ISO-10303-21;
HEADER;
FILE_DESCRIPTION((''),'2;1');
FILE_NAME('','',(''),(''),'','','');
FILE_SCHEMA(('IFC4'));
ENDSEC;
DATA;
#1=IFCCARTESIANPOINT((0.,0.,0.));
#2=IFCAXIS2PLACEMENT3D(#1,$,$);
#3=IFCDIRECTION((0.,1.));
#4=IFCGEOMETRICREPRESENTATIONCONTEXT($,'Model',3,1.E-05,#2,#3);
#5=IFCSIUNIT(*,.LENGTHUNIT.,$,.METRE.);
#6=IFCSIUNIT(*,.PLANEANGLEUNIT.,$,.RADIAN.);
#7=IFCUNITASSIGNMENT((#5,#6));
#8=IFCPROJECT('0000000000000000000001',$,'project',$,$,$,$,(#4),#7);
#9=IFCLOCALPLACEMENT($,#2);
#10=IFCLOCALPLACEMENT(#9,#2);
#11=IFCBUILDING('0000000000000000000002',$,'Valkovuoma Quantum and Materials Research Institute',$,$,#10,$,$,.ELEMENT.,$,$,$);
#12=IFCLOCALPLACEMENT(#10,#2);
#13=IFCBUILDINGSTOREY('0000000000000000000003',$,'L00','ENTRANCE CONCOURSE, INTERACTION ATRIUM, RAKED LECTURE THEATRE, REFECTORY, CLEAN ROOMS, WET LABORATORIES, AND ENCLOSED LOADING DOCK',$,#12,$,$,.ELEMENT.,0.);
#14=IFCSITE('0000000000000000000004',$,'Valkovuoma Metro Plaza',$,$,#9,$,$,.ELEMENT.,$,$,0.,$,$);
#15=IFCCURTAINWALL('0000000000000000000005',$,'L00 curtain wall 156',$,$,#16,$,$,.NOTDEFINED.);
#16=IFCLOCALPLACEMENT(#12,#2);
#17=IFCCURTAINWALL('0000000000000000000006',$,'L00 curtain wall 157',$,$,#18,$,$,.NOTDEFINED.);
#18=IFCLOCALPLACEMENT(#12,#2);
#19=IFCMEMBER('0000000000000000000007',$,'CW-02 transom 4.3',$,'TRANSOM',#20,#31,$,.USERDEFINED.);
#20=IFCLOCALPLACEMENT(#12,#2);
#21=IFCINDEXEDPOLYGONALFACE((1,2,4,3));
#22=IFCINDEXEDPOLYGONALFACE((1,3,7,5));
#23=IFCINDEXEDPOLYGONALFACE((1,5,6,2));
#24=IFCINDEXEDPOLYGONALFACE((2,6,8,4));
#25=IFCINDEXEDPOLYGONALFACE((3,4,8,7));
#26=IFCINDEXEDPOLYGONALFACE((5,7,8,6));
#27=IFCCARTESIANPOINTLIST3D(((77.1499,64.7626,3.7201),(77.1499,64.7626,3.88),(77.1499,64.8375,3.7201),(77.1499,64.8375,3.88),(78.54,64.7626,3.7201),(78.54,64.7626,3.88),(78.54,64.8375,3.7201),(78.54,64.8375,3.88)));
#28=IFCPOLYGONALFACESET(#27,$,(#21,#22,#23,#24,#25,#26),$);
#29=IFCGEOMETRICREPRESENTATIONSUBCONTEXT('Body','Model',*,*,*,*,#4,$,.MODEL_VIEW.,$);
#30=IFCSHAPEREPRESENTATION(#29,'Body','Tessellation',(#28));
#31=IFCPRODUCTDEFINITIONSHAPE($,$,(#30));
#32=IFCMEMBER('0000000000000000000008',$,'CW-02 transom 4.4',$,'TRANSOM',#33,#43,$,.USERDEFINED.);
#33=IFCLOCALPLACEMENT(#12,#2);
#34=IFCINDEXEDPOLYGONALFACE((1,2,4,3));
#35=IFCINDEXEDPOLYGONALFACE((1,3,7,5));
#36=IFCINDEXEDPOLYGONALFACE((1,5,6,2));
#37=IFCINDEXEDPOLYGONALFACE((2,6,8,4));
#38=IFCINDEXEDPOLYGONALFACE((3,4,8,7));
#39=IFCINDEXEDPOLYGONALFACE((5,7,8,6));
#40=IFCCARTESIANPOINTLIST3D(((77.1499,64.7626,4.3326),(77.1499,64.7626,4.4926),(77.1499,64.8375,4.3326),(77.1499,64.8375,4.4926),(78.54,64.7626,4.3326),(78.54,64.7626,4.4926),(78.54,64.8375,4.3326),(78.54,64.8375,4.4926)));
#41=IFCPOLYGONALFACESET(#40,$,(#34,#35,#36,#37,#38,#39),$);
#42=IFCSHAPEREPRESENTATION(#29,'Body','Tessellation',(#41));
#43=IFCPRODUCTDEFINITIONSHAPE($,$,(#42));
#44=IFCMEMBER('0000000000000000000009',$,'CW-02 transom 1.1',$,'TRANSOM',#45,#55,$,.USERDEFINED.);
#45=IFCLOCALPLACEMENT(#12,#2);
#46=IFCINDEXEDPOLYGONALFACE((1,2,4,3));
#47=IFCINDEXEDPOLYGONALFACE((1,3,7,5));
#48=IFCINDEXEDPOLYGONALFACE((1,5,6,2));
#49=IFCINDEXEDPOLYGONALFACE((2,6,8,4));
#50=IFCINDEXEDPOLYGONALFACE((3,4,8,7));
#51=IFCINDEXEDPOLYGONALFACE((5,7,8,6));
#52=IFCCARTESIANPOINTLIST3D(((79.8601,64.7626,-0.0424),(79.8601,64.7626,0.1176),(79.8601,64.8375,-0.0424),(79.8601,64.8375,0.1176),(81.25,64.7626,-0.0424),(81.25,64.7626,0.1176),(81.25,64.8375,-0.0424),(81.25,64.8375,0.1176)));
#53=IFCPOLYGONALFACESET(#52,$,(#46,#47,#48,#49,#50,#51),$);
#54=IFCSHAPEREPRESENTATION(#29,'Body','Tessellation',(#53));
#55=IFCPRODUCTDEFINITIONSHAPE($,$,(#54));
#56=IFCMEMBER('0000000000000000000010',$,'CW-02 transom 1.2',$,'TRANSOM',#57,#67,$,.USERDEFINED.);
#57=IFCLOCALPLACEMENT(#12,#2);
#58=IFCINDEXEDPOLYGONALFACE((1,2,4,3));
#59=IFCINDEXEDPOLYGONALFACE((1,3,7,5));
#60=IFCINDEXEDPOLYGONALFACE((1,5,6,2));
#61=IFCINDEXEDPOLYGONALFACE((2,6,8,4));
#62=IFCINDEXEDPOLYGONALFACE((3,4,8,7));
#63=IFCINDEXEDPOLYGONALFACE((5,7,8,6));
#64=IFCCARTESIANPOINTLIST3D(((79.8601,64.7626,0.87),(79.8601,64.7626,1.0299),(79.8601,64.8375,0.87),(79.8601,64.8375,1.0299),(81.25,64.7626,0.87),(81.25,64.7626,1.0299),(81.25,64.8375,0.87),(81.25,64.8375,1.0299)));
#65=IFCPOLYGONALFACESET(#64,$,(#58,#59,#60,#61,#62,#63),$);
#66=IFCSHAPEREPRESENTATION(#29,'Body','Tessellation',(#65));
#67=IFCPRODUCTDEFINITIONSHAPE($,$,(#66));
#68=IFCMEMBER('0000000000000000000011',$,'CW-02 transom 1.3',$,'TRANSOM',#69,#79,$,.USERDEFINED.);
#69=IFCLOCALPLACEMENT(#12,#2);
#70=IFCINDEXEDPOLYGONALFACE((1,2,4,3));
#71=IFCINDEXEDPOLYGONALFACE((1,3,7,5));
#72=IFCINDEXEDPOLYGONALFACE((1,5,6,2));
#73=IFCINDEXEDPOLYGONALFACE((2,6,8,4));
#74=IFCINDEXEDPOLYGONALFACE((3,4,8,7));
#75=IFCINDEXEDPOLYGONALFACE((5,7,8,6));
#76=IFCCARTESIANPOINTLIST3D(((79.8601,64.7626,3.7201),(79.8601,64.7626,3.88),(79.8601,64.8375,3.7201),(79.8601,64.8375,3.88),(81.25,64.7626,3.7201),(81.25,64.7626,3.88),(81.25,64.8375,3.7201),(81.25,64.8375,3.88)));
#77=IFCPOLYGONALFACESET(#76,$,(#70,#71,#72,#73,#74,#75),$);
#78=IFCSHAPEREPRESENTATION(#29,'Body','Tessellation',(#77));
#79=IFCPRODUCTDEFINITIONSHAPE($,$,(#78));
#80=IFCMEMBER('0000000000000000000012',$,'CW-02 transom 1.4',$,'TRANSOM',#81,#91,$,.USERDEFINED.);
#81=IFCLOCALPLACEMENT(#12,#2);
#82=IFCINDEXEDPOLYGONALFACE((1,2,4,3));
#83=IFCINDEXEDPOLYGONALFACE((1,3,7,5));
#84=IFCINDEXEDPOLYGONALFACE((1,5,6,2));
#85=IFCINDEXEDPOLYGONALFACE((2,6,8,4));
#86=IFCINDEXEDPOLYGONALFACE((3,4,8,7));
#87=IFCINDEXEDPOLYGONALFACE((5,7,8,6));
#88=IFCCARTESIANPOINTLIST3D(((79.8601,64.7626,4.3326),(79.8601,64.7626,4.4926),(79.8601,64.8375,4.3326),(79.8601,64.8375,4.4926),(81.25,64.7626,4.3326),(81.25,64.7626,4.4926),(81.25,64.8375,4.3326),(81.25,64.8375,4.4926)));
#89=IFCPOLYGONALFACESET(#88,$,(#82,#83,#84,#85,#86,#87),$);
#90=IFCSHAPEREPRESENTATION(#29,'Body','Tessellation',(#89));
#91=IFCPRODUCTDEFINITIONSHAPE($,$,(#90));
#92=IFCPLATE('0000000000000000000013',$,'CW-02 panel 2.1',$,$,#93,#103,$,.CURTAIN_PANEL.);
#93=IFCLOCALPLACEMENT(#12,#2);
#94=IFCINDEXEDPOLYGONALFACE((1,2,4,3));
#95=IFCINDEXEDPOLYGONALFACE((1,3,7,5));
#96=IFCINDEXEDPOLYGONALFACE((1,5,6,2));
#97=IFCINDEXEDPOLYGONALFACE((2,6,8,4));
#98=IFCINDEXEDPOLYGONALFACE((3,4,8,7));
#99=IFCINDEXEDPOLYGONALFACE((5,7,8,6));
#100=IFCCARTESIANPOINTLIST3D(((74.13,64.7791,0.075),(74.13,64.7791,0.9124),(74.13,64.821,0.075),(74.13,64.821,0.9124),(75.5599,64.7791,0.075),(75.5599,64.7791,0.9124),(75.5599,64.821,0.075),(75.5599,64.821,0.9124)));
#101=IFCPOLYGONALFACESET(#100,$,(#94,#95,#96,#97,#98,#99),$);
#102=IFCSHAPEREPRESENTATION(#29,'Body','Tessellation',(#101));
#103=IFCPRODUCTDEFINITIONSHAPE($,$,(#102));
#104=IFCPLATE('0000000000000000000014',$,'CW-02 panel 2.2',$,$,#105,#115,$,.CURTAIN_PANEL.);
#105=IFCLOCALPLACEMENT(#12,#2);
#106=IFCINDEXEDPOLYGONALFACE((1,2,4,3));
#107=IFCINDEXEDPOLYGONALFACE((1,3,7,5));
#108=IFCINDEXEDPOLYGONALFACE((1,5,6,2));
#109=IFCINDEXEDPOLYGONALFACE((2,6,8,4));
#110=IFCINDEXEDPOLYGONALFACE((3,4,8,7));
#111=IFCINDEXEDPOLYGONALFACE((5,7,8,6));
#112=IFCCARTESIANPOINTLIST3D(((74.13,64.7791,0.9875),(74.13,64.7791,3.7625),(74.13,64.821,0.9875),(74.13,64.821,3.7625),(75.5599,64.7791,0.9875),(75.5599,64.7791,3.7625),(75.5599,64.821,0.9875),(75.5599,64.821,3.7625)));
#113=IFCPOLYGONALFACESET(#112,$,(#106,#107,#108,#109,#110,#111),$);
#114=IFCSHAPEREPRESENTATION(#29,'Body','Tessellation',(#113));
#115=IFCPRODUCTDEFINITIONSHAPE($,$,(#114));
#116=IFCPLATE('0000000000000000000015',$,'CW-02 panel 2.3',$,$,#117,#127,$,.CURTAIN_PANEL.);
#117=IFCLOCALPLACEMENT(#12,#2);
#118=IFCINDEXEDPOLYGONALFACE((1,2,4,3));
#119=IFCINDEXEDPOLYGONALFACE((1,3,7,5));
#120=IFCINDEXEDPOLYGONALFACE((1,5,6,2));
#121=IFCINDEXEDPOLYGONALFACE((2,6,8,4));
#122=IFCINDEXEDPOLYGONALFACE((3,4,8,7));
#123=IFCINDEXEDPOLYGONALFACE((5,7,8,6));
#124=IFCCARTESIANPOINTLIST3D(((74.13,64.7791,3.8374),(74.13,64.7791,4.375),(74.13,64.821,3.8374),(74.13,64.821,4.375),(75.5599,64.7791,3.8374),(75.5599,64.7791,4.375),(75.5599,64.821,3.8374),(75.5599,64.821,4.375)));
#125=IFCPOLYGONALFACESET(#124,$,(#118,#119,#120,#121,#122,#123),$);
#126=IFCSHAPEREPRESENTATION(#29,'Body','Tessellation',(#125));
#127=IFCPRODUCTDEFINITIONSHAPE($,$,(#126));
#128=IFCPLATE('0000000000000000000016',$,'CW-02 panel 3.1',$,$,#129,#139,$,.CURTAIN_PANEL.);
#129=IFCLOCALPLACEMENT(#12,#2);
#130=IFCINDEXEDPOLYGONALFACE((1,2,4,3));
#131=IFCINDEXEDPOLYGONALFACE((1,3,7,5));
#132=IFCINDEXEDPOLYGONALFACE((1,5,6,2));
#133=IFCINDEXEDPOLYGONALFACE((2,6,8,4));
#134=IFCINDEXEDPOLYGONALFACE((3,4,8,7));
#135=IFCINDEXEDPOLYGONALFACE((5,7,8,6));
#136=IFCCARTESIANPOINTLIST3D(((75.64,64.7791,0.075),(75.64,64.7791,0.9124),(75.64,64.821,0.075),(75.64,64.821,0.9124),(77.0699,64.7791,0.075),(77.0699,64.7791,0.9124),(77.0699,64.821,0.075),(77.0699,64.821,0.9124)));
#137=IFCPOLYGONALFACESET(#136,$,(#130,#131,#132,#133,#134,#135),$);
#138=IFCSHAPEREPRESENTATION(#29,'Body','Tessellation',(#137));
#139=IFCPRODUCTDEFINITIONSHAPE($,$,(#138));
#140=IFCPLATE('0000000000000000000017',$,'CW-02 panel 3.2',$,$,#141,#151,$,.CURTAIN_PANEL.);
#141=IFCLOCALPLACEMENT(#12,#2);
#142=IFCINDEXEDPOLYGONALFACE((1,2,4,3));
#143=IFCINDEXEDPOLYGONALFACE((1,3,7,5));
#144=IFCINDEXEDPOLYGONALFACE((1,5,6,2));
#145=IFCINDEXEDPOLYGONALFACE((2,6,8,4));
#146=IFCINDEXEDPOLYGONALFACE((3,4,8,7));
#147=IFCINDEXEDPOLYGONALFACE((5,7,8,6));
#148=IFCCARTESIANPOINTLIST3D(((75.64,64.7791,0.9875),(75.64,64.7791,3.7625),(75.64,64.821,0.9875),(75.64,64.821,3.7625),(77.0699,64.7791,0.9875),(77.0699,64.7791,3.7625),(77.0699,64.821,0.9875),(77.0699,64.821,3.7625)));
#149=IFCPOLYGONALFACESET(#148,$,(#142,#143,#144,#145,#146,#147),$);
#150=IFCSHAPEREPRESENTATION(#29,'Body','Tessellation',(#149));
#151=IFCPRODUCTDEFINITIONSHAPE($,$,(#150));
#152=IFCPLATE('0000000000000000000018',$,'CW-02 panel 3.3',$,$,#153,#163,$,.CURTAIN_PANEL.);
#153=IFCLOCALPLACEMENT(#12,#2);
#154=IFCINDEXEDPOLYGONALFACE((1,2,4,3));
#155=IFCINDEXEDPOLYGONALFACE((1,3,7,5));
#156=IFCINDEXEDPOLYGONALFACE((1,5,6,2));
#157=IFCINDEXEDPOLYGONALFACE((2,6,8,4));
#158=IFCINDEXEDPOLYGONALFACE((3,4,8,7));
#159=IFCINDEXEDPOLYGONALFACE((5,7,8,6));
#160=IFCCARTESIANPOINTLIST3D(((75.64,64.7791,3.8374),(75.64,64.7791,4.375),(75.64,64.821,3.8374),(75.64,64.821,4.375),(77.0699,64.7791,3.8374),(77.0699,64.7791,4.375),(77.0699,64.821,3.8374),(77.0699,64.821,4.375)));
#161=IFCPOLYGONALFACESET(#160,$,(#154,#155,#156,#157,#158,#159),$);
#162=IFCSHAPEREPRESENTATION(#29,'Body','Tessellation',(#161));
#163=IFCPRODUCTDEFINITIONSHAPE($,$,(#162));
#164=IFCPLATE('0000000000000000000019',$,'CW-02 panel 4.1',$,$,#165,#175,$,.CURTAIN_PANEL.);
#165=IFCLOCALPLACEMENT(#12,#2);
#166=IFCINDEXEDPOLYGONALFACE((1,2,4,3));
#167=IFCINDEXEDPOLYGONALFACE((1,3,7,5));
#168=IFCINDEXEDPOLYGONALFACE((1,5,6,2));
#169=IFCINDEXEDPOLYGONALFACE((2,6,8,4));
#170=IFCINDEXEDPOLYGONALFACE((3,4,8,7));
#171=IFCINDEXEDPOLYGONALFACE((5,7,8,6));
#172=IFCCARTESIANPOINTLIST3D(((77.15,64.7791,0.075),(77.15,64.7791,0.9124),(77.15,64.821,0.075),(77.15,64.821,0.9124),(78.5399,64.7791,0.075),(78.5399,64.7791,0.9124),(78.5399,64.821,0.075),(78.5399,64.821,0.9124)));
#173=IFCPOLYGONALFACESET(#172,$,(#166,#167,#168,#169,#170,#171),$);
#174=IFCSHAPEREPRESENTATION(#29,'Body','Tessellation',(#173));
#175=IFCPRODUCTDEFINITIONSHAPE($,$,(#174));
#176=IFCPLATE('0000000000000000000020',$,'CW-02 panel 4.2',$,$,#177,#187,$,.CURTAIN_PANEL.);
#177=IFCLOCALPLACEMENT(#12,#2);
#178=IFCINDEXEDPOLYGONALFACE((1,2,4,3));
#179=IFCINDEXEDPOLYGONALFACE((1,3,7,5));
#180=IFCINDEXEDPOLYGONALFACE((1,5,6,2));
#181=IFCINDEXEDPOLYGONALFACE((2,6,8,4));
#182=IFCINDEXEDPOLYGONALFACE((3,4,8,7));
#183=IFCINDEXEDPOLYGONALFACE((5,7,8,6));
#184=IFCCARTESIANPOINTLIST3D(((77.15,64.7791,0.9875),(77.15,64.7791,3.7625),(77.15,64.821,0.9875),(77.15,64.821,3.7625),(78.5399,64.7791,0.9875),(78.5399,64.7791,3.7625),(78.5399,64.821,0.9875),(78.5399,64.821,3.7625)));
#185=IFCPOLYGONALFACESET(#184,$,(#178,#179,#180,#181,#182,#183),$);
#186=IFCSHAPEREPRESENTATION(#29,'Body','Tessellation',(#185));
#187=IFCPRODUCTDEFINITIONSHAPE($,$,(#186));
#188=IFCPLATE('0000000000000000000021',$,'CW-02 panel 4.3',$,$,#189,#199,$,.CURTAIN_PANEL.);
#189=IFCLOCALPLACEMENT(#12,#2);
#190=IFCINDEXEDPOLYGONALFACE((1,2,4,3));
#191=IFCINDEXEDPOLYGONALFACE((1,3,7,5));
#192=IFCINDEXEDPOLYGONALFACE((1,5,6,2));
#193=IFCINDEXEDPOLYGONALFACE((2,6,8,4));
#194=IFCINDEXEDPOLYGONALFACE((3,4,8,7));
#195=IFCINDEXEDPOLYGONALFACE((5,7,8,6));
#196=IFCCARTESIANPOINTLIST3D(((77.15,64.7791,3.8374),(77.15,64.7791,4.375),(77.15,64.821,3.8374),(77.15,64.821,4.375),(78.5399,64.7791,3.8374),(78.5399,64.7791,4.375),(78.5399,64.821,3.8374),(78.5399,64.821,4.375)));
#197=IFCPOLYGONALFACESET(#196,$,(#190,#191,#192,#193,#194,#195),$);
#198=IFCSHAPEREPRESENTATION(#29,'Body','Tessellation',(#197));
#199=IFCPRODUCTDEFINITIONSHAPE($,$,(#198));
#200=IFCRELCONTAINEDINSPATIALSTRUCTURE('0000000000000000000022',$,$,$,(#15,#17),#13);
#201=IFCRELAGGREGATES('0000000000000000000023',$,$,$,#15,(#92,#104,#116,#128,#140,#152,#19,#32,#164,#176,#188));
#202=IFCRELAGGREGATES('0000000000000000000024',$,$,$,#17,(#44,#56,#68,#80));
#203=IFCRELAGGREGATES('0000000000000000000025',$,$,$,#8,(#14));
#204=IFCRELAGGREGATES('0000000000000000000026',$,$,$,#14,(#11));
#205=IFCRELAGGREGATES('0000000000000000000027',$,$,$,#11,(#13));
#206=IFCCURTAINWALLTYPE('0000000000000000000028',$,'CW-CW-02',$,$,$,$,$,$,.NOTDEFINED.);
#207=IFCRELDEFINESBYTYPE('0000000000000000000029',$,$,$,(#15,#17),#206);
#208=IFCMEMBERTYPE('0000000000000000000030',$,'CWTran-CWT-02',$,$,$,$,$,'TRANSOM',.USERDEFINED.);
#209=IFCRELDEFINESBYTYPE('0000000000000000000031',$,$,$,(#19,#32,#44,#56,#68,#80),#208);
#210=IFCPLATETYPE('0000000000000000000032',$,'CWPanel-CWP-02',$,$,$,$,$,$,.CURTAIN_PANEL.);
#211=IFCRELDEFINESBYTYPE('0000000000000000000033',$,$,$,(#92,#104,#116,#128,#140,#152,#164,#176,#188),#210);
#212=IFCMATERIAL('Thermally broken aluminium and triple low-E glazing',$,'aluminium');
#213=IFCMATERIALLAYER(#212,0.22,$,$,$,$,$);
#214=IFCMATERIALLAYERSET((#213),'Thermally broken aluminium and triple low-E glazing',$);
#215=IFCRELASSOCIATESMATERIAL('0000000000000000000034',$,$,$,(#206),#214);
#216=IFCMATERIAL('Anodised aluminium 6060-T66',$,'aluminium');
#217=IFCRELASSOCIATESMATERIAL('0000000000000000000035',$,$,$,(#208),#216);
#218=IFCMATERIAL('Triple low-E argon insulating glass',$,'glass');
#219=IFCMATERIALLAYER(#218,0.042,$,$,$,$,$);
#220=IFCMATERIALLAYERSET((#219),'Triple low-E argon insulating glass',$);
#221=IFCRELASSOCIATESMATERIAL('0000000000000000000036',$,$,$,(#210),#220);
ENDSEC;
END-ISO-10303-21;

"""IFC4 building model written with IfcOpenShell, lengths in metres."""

from ifc_helpers import new_model, si_unit, direction, frame, origin, origin_2d, place, context, subcontext, project, spatial, rectangle, extrude, material, layer, layer_set, material_profile, profile_set, type_object, element, aggregate, save


model = new_model("IFC4")

# Units and contexts
model_context = context("Model", 3, precision=1e-05, world=origin(), true_north=direction((0.0, 1.0)))
body_context = subcontext(model_context, "Body", "Model", "MODEL_VIEW")
ifc_project = project(units=[si_unit("LENGTHUNIT", "METRE"), si_unit("PLANEANGLEUNIT", "RADIAN")], contexts=[model_context])

# Site, building, storey
site_placement = place(None, origin())
site = spatial("IfcSite", under=ifc_project, at=site_placement, Name="Valkovuoma Metro Plaza", CompositionType="ELEMENT", RefElevation=0.0)
building_placement = place(site_placement, origin())
building = spatial("IfcBuilding", under=site, at=building_placement, Name="Valkovuoma Quantum and Materials Research Institute", CompositionType="ELEMENT")
storey_placement = place(building_placement, origin())
storey = spatial("IfcBuildingStorey", under=building, at=storey_placement, Name="L00", Description="ENTRANCE CONCOURSE, INTERACTION ATRIUM, RAKED LECTURE THEATRE, REFECTORY, CLEAN ROOMS, WET LABORATORIES, AND ENCLOSED LOADING DOCK", CompositionType="ELEMENT", Elevation=0.0)

# Curtain wall
ifc_material_1 = material(Name="Thermally broken aluminium and triple low-E glazing", Category="aluminium")
ifc_layer_1 = layer(ifc_material_1, 0.22)
ifc_layer_set_1 = layer_set([ifc_layer_1], Name="Thermally broken aluminium and triple low-E glazing")
curtain_wall_type = type_object("IfcCurtainWallType", Name="CW-CW-02", PredefinedType="NOTDEFINED", material=ifc_layer_set_1)
curtain_wall_1_placement = place(storey_placement, origin())
curtain_wall_1 = element("IfcCurtainWall", 1, at=curtain_wall_1_placement, inside=storey, type_object=curtain_wall_type, Name="L00 curtain wall 156", PredefinedType="NOTDEFINED")

# Curtain wall
curtain_wall_2_placement = place(storey_placement, origin())
curtain_wall_2 = element("IfcCurtainWall", 2, at=curtain_wall_2_placement, inside=storey, type_object=curtain_wall_type, Name="L00 curtain wall 157", PredefinedType="NOTDEFINED")

# Members
ifc_material_2 = material(Name="Anodised aluminium 6060-T66", Category="aluminium")
ifc_material_profile_1 = material_profile(ifc_material_2, rectangle(XDim=0.075, YDim=0.1599, at=origin_2d()), Name="Anodised aluminium 6060-T66")
ifc_profile_set_1 = profile_set([ifc_material_profile_1], Name="Anodised aluminium 6060-T66")
member_type_1 = type_object("IfcMemberType", Name="CWTran-CWT-02", ElementType="TRANSOM", PredefinedType="USERDEFINED", material=ifc_profile_set_1)
member_1_placement = place(storey_placement, frame((77.1499, 64.8, 3.8), z_axis=(1.0, 0.0, 0.0), x_axis=(0.0, 1.0, 0.0)))
member_1 = element("IfcMember", 3, at=member_1_placement, type_object=member_type_1, Name="CW-02 transom 4.3", ObjectType="TRANSOM", PredefinedType="USERDEFINED", context=body_context, shape_type="SweptSolid", body=[
    extrude(rectangle(XDim=0.075, YDim=0.1599, at=origin_2d()), origin(), (0.0, 0.0, 1.0), 1.3901),
])
member_2_placement = place(storey_placement, frame((77.1499, 64.8, 4.4126), z_axis=(1.0, 0.0, 0.0), x_axis=(0.0, 1.0, 0.0)))
member_2 = element("IfcMember", 4, at=member_2_placement, type_object=member_type_1, Name="CW-02 transom 4.4", ObjectType="TRANSOM", PredefinedType="USERDEFINED", context=body_context, shape_type="SweptSolid", body=[
    extrude(rectangle(XDim=0.075, YDim=0.1599, at=origin_2d()), origin(), (0.0, 0.0, 1.0), 1.3901),
])
member_3_placement = place(storey_placement, frame((79.8601, 64.8, 0.0376), z_axis=(1.0, 0.0, 0.0), x_axis=(0.0, 1.0, 0.0)))
member_3 = element("IfcMember", 5, at=member_3_placement, type_object=member_type_1, Name="CW-02 transom 1.1", ObjectType="TRANSOM", PredefinedType="USERDEFINED", context=body_context, shape_type="SweptSolid", body=[
    extrude(rectangle(XDim=0.075, YDim=0.1599, at=origin_2d()), origin(), (0.0, 0.0, 1.0), 1.3899),
])
member_4_placement = place(storey_placement, frame((79.8601, 64.8, 0.95), z_axis=(1.0, 0.0, 0.0), x_axis=(0.0, 1.0, 0.0)))
member_4 = element("IfcMember", 6, at=member_4_placement, type_object=member_type_1, Name="CW-02 transom 1.2", ObjectType="TRANSOM", PredefinedType="USERDEFINED", context=body_context, shape_type="SweptSolid", body=[
    extrude(rectangle(XDim=0.075, YDim=0.1599, at=origin_2d()), origin(), (0.0, 0.0, 1.0), 1.3899),
])
member_5_placement = place(storey_placement, frame((79.8601, 64.8, 3.8), z_axis=(1.0, 0.0, 0.0), x_axis=(0.0, 1.0, 0.0)))
member_5 = element("IfcMember", 7, at=member_5_placement, type_object=member_type_1, Name="CW-02 transom 1.3", ObjectType="TRANSOM", PredefinedType="USERDEFINED", context=body_context, shape_type="SweptSolid", body=[
    extrude(rectangle(XDim=0.075, YDim=0.1599, at=origin_2d()), origin(), (0.0, 0.0, 1.0), 1.3899),
])
member_6_placement = place(storey_placement, frame((79.8601, 64.8, 4.4126), z_axis=(1.0, 0.0, 0.0), x_axis=(0.0, 1.0, 0.0)))
member_6 = element("IfcMember", 8, at=member_6_placement, type_object=member_type_1, Name="CW-02 transom 1.4", ObjectType="TRANSOM", PredefinedType="USERDEFINED", context=body_context, shape_type="SweptSolid", body=[
    extrude(rectangle(XDim=0.075, YDim=0.1599, at=origin_2d()), origin(), (0.0, 0.0, 1.0), 1.3899),
])

# Plates
ifc_material_3 = material(Name="Triple low-E argon insulating glass", Category="glass")
ifc_layer_2 = layer(ifc_material_3, 0.042)
ifc_layer_set_2 = layer_set([ifc_layer_2], Name="Triple low-E argon insulating glass")
plate_type = type_object("IfcPlateType", Name="CWPanel-CWP-02", PredefinedType="CURTAIN_PANEL", material=ifc_layer_set_2)
plate_1_placement = place(storey_placement, frame((74.845, 64.8, 0.075), z_axis=(0.0, 0.0, 1.0), x_axis=(1.0, 0.0, 0.0)))
plate_1 = element("IfcPlate", 9, at=plate_1_placement, type_object=plate_type, Name="CW-02 panel 2.1", PredefinedType="CURTAIN_PANEL", context=body_context, shape_type="SweptSolid", body=[
    extrude(rectangle(XDim=1.4299, YDim=0.042, at=origin_2d()), origin(), (0.0, 0.0, 1.0), 0.8374),
])
plate_2_placement = place(storey_placement, frame((74.845, 64.8, 0.9875), z_axis=(0.0, 0.0, 1.0), x_axis=(1.0, 0.0, 0.0)))
plate_2 = element("IfcPlate", 10, at=plate_2_placement, type_object=plate_type, Name="CW-02 panel 2.2", PredefinedType="CURTAIN_PANEL", context=body_context, shape_type="SweptSolid", body=[
    extrude(rectangle(XDim=1.4299, YDim=0.042, at=origin_2d()), origin(), (0.0, 0.0, 1.0), 2.7749),
])
plate_3_placement = place(storey_placement, frame((74.845, 64.8, 3.8374), z_axis=(0.0, 0.0, 1.0), x_axis=(1.0, 0.0, 0.0)))
plate_3 = element("IfcPlate", 11, at=plate_3_placement, type_object=plate_type, Name="CW-02 panel 2.3", PredefinedType="CURTAIN_PANEL", context=body_context, shape_type="SweptSolid", body=[
    extrude(rectangle(XDim=1.4299, YDim=0.042, at=origin_2d()), origin(), (0.0, 0.0, 1.0), 0.5376),
])
plate_4_placement = place(storey_placement, frame((76.355, 64.8, 0.075), z_axis=(0.0, 0.0, 1.0), x_axis=(1.0, 0.0, 0.0)))
plate_4 = element("IfcPlate", 12, at=plate_4_placement, type_object=plate_type, Name="CW-02 panel 3.1", PredefinedType="CURTAIN_PANEL", context=body_context, shape_type="SweptSolid", body=[
    extrude(rectangle(XDim=1.4299, YDim=0.042, at=origin_2d()), origin(), (0.0, 0.0, 1.0), 0.8374),
])
plate_5_placement = place(storey_placement, frame((76.355, 64.8, 0.9875), z_axis=(0.0, 0.0, 1.0), x_axis=(1.0, 0.0, 0.0)))
plate_5 = element("IfcPlate", 13, at=plate_5_placement, type_object=plate_type, Name="CW-02 panel 3.2", PredefinedType="CURTAIN_PANEL", context=body_context, shape_type="SweptSolid", body=[
    extrude(rectangle(XDim=1.4299, YDim=0.042, at=origin_2d()), origin(), (0.0, 0.0, 1.0), 2.7749),
])
plate_6_placement = place(storey_placement, frame((76.355, 64.8, 3.8374), z_axis=(0.0, 0.0, 1.0), x_axis=(1.0, 0.0, 0.0)))
plate_6 = element("IfcPlate", 14, at=plate_6_placement, type_object=plate_type, Name="CW-02 panel 3.3", PredefinedType="CURTAIN_PANEL", context=body_context, shape_type="SweptSolid", body=[
    extrude(rectangle(XDim=1.4299, YDim=0.042, at=origin_2d()), origin(), (0.0, 0.0, 1.0), 0.5376),
])
plate_7_placement = place(storey_placement, frame((77.845, 64.8, 0.075), z_axis=(0.0, 0.0, 1.0), x_axis=(1.0, 0.0, 0.0)))
plate_7 = element("IfcPlate", 15, at=plate_7_placement, type_object=plate_type, Name="CW-02 panel 4.1", PredefinedType="CURTAIN_PANEL", context=body_context, shape_type="SweptSolid", body=[
    extrude(rectangle(XDim=1.3899, YDim=0.042, at=origin_2d()), origin(), (0.0, 0.0, 1.0), 0.8374),
])
plate_8_placement = place(storey_placement, frame((77.845, 64.8, 0.9875), z_axis=(0.0, 0.0, 1.0), x_axis=(1.0, 0.0, 0.0)))
plate_8 = element("IfcPlate", 16, at=plate_8_placement, type_object=plate_type, Name="CW-02 panel 4.2", PredefinedType="CURTAIN_PANEL", context=body_context, shape_type="SweptSolid", body=[
    extrude(rectangle(XDim=1.3899, YDim=0.042, at=origin_2d()), origin(), (0.0, 0.0, 1.0), 2.7749),
])
plate_9_placement = place(storey_placement, frame((77.845, 64.8, 3.8374), z_axis=(0.0, 0.0, 1.0), x_axis=(1.0, 0.0, 0.0)))
plate_9 = element("IfcPlate", 17, at=plate_9_placement, type_object=plate_type, Name="CW-02 panel 4.3", PredefinedType="CURTAIN_PANEL", context=body_context, shape_type="SweptSolid", body=[
    extrude(rectangle(XDim=1.3899, YDim=0.042, at=origin_2d()), origin(), (0.0, 0.0, 1.0), 0.5376),
])
aggregate(curtain_wall_1, [plate_1, plate_2, plate_3, plate_4, plate_5, plate_6, member_1, member_2, plate_7, plate_8, plate_9])
aggregate(curtain_wall_2, [member_3, member_4, member_5, member_6])

save(model, "model.ifc")
